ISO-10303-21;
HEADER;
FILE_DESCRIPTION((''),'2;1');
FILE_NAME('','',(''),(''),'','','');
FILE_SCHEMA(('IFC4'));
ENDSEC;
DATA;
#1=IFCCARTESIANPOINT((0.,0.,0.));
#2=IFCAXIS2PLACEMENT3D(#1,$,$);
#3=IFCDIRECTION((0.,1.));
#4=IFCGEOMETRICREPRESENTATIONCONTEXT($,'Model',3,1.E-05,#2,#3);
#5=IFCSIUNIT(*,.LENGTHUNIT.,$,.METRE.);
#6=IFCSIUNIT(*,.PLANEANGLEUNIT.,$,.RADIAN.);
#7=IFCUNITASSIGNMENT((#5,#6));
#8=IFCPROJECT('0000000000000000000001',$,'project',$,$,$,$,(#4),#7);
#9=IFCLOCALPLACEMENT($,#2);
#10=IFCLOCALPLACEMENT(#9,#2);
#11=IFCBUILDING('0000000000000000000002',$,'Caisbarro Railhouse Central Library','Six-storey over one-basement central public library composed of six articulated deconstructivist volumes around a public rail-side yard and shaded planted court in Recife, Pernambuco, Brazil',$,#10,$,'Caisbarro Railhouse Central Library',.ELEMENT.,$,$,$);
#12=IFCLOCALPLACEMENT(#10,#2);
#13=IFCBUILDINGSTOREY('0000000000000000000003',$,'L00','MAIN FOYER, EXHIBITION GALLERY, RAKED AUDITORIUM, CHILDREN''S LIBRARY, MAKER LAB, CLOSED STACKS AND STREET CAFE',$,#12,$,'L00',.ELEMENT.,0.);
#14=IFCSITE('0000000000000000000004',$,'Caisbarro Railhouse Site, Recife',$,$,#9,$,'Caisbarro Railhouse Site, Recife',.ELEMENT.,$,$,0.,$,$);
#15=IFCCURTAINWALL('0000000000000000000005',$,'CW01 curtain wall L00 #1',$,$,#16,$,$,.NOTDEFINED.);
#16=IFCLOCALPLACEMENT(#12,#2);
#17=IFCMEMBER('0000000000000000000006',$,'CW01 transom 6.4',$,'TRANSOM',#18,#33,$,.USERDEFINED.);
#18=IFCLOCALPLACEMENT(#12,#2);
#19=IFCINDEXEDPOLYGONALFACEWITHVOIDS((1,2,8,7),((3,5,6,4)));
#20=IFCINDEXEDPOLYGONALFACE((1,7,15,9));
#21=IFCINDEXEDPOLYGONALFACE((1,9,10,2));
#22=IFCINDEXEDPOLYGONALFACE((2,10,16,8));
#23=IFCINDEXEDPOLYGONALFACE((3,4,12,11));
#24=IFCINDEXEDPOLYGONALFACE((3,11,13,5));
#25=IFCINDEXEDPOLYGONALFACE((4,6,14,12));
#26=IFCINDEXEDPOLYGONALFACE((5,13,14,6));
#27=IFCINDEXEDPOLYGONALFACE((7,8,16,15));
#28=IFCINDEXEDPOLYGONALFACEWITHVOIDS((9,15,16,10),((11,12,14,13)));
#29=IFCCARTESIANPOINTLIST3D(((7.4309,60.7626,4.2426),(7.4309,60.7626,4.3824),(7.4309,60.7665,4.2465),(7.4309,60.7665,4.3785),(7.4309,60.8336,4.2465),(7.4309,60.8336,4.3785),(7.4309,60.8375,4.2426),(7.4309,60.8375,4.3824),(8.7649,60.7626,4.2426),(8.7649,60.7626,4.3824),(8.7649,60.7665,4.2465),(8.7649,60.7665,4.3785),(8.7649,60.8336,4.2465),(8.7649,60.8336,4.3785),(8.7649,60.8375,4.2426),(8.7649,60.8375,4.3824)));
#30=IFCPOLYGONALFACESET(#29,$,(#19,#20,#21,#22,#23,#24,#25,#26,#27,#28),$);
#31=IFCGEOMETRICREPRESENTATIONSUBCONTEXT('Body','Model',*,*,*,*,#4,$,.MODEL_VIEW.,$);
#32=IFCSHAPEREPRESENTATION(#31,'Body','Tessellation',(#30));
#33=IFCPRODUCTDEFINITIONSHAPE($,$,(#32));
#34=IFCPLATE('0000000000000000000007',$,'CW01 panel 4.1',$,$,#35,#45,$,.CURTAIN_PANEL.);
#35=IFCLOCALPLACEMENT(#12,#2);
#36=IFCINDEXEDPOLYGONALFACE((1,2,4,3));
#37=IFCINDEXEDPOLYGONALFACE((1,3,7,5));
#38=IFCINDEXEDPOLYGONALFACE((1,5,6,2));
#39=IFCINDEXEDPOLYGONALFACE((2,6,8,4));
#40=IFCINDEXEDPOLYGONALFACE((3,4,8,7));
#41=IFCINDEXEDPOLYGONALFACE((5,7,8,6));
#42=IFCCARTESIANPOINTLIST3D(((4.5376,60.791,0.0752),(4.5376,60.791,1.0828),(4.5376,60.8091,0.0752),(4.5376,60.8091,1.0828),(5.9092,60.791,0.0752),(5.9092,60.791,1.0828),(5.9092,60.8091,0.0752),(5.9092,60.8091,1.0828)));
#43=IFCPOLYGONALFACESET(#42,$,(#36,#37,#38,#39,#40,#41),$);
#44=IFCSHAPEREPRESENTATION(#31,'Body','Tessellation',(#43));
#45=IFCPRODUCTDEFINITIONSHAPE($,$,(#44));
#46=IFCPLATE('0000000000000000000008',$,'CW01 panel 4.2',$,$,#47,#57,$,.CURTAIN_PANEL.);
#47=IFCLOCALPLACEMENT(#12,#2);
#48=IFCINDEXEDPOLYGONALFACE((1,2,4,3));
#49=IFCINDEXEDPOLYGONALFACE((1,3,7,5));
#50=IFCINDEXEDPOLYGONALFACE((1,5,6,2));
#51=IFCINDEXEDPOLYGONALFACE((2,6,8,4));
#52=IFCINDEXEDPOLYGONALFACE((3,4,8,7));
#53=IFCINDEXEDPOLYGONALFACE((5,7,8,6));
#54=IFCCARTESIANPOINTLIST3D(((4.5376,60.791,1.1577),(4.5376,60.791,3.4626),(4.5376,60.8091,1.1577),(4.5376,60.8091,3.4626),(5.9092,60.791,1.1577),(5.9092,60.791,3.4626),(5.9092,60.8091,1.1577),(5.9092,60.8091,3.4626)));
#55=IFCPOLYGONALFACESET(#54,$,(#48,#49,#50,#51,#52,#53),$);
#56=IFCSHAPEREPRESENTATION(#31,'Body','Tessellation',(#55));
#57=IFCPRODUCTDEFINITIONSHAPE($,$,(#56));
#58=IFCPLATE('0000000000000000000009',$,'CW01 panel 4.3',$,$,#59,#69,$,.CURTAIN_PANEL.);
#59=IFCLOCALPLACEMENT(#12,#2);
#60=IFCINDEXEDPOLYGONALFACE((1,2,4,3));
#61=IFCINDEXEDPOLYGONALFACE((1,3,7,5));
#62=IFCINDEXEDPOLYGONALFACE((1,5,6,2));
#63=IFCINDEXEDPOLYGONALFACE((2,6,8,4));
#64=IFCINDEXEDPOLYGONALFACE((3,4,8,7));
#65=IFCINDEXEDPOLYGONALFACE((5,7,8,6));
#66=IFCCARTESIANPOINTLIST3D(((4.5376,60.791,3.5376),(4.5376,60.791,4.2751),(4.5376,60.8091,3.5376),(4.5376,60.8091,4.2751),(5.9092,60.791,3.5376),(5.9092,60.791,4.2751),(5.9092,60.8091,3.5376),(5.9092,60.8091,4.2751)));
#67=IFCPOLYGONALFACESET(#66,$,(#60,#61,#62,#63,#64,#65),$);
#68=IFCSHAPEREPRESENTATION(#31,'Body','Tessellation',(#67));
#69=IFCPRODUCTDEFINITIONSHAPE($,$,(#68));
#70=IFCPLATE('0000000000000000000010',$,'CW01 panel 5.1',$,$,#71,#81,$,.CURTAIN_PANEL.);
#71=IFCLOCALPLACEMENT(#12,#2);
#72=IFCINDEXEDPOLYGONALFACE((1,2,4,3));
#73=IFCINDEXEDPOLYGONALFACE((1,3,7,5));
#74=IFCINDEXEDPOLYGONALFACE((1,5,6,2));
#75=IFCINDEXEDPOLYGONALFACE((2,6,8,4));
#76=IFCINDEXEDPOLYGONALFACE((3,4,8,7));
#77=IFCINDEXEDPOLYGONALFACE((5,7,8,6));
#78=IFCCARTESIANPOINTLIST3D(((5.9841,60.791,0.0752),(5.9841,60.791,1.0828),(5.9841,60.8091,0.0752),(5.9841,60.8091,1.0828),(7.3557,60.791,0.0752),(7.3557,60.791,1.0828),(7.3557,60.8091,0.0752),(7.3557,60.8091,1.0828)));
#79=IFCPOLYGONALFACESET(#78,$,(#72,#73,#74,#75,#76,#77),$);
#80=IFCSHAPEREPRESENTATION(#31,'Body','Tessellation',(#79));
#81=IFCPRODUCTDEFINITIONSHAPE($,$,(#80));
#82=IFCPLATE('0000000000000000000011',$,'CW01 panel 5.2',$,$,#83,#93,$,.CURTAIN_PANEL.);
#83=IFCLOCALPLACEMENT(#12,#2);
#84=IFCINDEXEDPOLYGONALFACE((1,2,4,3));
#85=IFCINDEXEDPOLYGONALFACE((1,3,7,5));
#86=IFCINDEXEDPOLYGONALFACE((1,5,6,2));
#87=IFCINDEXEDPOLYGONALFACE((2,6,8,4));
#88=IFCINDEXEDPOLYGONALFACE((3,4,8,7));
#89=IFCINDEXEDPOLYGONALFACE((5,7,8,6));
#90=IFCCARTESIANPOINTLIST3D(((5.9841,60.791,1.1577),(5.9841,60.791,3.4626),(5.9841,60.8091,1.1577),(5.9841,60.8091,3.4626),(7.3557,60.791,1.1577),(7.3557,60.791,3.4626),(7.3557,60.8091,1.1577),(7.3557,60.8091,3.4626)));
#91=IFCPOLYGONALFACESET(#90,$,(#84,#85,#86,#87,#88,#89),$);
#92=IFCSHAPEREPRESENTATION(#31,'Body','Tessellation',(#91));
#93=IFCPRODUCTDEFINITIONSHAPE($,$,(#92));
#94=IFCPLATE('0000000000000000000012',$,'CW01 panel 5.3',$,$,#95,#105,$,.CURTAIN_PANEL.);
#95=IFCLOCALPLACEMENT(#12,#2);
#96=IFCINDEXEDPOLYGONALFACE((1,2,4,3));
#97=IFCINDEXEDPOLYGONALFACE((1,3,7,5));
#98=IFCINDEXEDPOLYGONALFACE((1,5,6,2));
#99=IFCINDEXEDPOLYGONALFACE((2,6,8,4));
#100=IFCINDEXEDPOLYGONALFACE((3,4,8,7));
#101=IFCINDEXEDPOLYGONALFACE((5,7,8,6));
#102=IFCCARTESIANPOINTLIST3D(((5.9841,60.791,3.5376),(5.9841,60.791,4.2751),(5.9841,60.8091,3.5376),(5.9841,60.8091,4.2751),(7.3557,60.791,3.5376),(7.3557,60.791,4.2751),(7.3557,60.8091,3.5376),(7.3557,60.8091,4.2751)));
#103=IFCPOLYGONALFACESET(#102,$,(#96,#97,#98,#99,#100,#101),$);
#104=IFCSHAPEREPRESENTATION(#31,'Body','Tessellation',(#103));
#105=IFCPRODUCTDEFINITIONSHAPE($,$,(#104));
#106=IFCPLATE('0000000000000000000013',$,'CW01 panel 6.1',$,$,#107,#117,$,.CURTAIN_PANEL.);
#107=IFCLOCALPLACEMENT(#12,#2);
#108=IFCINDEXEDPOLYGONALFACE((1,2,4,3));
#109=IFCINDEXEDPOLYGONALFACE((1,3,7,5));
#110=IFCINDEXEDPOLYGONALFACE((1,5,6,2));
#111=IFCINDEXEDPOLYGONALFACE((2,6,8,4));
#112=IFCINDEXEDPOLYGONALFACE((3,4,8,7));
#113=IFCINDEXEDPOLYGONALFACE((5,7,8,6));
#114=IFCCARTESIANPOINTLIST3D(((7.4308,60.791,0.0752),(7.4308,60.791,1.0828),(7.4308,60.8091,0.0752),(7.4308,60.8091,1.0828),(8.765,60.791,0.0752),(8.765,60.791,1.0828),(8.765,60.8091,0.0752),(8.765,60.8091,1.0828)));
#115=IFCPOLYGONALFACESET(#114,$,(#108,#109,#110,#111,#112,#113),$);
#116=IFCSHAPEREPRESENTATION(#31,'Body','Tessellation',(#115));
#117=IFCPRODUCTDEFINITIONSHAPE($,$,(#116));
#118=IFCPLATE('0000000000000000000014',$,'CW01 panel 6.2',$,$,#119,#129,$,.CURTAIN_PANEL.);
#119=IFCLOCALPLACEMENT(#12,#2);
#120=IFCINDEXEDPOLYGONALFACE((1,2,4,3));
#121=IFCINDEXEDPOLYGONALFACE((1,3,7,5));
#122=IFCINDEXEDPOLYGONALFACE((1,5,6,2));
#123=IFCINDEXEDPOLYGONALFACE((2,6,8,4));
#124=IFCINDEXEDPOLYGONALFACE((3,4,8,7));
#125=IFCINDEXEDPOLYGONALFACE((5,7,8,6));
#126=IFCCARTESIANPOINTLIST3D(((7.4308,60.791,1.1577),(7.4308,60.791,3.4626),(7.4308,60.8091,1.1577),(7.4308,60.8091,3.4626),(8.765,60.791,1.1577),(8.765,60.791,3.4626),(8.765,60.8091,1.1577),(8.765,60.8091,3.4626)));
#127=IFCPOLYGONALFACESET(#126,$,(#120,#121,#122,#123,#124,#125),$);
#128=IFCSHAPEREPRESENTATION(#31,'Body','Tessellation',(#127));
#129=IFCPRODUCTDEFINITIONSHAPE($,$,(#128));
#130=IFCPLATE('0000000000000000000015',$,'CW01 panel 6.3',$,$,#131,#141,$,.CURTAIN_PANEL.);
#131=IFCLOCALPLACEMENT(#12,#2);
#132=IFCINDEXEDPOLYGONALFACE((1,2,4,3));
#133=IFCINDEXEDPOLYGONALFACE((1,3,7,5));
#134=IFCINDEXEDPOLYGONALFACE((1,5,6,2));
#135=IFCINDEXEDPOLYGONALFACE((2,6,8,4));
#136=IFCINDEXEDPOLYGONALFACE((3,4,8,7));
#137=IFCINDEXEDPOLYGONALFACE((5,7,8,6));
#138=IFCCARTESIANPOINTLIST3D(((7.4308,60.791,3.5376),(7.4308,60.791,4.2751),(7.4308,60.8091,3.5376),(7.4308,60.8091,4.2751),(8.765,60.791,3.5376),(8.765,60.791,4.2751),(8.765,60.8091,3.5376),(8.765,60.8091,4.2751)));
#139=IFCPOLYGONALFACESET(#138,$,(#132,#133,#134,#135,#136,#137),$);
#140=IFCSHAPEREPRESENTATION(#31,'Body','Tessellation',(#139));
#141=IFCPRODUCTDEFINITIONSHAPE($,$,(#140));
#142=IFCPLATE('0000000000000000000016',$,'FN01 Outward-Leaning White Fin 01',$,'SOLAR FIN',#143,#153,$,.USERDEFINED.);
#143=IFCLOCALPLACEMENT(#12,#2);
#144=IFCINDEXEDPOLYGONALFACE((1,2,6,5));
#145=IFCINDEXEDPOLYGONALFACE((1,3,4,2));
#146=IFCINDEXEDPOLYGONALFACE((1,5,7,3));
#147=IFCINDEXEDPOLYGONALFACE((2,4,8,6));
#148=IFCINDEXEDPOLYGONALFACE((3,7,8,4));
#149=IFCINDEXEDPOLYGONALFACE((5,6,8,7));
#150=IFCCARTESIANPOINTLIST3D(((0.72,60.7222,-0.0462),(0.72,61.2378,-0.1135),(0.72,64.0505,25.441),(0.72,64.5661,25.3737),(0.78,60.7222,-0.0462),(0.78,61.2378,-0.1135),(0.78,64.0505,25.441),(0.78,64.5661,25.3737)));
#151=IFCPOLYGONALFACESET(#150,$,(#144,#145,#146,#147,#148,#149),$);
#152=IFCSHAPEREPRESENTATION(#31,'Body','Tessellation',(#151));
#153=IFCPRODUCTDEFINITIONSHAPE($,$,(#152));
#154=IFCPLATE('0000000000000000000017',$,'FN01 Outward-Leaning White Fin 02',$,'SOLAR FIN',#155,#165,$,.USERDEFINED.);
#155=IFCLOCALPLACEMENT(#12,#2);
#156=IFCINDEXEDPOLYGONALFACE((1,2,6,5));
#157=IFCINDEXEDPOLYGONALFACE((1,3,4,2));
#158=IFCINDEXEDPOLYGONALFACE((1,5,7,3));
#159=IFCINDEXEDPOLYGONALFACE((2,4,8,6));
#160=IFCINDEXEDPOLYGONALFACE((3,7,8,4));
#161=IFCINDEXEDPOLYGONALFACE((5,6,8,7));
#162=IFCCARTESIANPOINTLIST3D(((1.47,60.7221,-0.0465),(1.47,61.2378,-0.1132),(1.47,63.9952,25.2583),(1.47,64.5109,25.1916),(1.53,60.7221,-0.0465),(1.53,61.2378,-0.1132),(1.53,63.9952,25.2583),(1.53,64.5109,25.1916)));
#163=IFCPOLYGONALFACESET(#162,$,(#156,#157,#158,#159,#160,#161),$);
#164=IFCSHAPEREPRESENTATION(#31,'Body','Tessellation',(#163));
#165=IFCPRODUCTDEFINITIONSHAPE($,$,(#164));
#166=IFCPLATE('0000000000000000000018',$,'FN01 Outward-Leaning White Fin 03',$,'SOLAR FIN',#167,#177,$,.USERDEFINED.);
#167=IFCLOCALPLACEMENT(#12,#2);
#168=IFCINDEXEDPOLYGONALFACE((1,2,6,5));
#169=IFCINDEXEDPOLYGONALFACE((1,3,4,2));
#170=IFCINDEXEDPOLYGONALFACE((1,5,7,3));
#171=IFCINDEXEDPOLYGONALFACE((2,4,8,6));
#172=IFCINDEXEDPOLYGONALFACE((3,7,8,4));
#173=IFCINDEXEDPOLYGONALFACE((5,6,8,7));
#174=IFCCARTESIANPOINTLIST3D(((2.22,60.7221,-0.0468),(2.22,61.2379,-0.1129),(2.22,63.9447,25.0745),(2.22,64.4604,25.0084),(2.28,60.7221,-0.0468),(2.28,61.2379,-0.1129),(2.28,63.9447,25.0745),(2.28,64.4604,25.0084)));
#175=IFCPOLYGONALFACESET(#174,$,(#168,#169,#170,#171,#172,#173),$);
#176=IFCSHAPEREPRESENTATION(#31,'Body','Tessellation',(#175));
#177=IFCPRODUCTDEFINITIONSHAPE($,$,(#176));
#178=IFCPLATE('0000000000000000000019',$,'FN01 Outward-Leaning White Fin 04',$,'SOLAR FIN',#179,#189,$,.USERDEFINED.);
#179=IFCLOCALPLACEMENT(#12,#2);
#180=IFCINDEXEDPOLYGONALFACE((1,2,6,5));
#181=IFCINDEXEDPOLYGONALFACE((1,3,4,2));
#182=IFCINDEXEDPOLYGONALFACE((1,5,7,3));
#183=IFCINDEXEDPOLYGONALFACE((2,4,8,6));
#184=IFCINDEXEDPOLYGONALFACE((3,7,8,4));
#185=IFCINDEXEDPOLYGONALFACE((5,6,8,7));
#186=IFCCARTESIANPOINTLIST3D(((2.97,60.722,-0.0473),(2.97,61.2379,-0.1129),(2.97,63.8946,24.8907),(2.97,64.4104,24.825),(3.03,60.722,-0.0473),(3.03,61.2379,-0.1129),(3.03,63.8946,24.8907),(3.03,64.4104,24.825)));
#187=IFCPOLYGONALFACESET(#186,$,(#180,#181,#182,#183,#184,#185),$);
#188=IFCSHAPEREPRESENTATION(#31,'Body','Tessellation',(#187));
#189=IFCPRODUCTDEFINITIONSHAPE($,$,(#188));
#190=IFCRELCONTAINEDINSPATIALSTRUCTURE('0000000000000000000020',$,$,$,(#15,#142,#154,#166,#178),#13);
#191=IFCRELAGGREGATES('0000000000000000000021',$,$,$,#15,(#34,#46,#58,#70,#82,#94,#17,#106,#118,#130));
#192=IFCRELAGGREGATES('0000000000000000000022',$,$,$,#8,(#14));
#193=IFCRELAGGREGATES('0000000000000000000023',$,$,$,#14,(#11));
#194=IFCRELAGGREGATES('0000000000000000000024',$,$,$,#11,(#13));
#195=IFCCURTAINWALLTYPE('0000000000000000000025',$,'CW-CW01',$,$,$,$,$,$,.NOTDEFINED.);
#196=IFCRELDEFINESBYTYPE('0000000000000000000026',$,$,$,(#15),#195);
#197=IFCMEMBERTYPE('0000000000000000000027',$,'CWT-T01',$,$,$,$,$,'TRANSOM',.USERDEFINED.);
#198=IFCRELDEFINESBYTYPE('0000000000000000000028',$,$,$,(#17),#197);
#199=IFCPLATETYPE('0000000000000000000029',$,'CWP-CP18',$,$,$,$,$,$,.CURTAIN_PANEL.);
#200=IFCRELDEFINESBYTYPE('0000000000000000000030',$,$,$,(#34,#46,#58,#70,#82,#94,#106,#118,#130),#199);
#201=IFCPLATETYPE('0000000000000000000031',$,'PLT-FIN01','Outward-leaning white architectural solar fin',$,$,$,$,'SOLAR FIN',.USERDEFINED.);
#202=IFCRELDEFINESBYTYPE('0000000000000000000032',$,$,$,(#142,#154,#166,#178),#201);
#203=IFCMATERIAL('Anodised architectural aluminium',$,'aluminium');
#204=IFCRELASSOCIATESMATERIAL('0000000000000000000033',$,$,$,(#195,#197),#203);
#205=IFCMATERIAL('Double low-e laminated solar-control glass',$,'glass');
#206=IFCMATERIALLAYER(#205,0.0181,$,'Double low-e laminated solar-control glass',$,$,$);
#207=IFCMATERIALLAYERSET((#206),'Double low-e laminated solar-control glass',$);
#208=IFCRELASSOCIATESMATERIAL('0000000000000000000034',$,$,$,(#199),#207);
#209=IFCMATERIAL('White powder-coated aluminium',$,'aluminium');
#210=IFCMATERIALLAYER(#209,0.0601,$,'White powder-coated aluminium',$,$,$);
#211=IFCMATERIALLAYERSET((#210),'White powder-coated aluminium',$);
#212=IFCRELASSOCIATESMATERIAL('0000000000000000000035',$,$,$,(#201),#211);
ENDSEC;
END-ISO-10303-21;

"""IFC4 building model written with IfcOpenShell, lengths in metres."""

from ifc_helpers import new_model, si_unit, direction, frame, origin, origin_2d, place, context, subcontext, project, spatial, rectangle, hollow_rectangle, extrude, material, layer, layer_set, material_profile, profile_set, type_object, element, aggregate, save


model = new_model("IFC4")

# Units and contexts
model_context = context("Model", 3, precision=1e-05, world=origin(), true_north=direction((0.0, 1.0)))
body_context = subcontext(model_context, "Body", "Model", "MODEL_VIEW")
ifc_project = project(units=[si_unit("LENGTHUNIT", "METRE"), si_unit("PLANEANGLEUNIT", "RADIAN")], contexts=[model_context])

# Site, building, storey
site_placement = place(None, origin())
site = spatial("IfcSite", under=ifc_project, at=site_placement, Name="Caisbarro Railhouse Site, Recife", LongName="Caisbarro Railhouse Site, Recife", CompositionType="ELEMENT", RefElevation=0.0)
building_placement = place(site_placement, origin())
building = spatial("IfcBuilding", under=site, at=building_placement, Name="Caisbarro Railhouse Central Library", Description="Six-storey over one-basement central public library composed of six articulated deconstructivist volumes around a public rail-side yard and shaded planted court in Recife, Pernambuco, Brazil", LongName="Caisbarro Railhouse Central Library", CompositionType="ELEMENT")
storey_placement = place(building_placement, origin())
storey = spatial("IfcBuildingStorey", under=building, at=storey_placement, Name="L00", Description="MAIN FOYER, EXHIBITION GALLERY, RAKED AUDITORIUM, CHILDREN'S LIBRARY, MAKER LAB, CLOSED STACKS AND STREET CAFE", LongName="L00", CompositionType="ELEMENT", Elevation=0.0)

# Curtain wall, member, plates
ifc_material_1 = material(Name="Anodised architectural aluminium", Category="aluminium")
curtain_wall_type = type_object("IfcCurtainWallType", Name="CW-CW01", PredefinedType="NOTDEFINED", material=ifc_material_1)
curtain_wall_placement = place(storey_placement, origin())
curtain_wall = element("IfcCurtainWall", 1, at=curtain_wall_placement, inside=storey, type_object=curtain_wall_type, Name="CW01 curtain wall L00 #1", PredefinedType="NOTDEFINED")
ifc_material_profile_1 = material_profile(ifc_material_1, hollow_rectangle(XDim=0.075, YDim=0.1399, WallThickness=0.0039, at=origin_2d()), Name="ALU-TRN-75X140")
ifc_profile_set_1 = profile_set([ifc_material_profile_1], Name="Anodised architectural aluminium")
member_type_1 = type_object("IfcMemberType", Name="CWT-T01", ElementType="TRANSOM", PredefinedType="USERDEFINED", material=ifc_profile_set_1)
member_1_placement = place(storey_placement, frame((7.4309, 60.8, 4.3125), z_axis=(1.0, 0.0, 0.0), x_axis=(0.0, 1.0, 0.0)))
member_1 = element("IfcMember", 2, at=member_1_placement, type_object=member_type_1, Name="CW01 transom 6.4", ObjectType="TRANSOM", PredefinedType="USERDEFINED", context=body_context, shape_type="SweptSolid", body=[
    extrude(hollow_rectangle(XDim=0.075, YDim=0.1399, WallThickness=0.0039, at=origin_2d()), origin(), (0.0, 0.0, 1.0), 1.334),
])
ifc_material_2 = material(Name="Double low-e laminated solar-control glass", Category="glass")
ifc_layer_1 = layer(ifc_material_2, 0.0181, Name="Double low-e laminated solar-control glass")
ifc_layer_set_1 = layer_set([ifc_layer_1], Name="Double low-e laminated solar-control glass")
plate_type_1 = type_object("IfcPlateType", Name="CWP-CP18", PredefinedType="CURTAIN_PANEL", material=ifc_layer_set_1)
plate_1_placement = place(storey_placement, frame((5.2234, 60.8, 0.0752), z_axis=(0.0, 0.0, 1.0), x_axis=(1.0, 0.0, 0.0)))
plate_1 = element("IfcPlate", 3, at=plate_1_placement, type_object=plate_type_1, Name="CW01 panel 4.1", PredefinedType="CURTAIN_PANEL", context=body_context, shape_type="SweptSolid", body=[
    extrude(rectangle(XDim=1.3716, YDim=0.0181, at=origin_2d()), origin(), (0.0, 0.0, 1.0), 1.0076),
])
plate_2_placement = place(storey_placement, frame((5.2234, 60.8, 1.1577), z_axis=(0.0, 0.0, 1.0), x_axis=(1.0, 0.0, 0.0)))
plate_2 = element("IfcPlate", 4, at=plate_2_placement, type_object=plate_type_1, Name="CW01 panel 4.2", PredefinedType="CURTAIN_PANEL", context=body_context, shape_type="SweptSolid", body=[
    extrude(rectangle(XDim=1.3716, YDim=0.0181, at=origin_2d()), origin(), (0.0, 0.0, 1.0), 2.3049),
])
plate_3_placement = place(storey_placement, frame((5.2234, 60.8, 3.5376), z_axis=(0.0, 0.0, 1.0), x_axis=(1.0, 0.0, 0.0)))
plate_3 = element("IfcPlate", 5, at=plate_3_placement, type_object=plate_type_1, Name="CW01 panel 4.3", PredefinedType="CURTAIN_PANEL", context=body_context, shape_type="SweptSolid", body=[
    extrude(rectangle(XDim=1.3716, YDim=0.0181, at=origin_2d()), origin(), (0.0, 0.0, 1.0), 0.7375),
])
plate_4_placement = place(storey_placement, frame((6.6699, 60.8, 0.0752), z_axis=(0.0, 0.0, 1.0), x_axis=(1.0, 0.0, 0.0)))
plate_4 = element("IfcPlate", 6, at=plate_4_placement, type_object=plate_type_1, Name="CW01 panel 5.1", PredefinedType="CURTAIN_PANEL", context=body_context, shape_type="SweptSolid", body=[
    extrude(rectangle(XDim=1.3716, YDim=0.0181, at=origin_2d()), origin(), (0.0, 0.0, 1.0), 1.0076),
])
plate_5_placement = place(storey_placement, frame((6.6699, 60.8, 1.1577), z_axis=(0.0, 0.0, 1.0), x_axis=(1.0, 0.0, 0.0)))
plate_5 = element("IfcPlate", 7, at=plate_5_placement, type_object=plate_type_1, Name="CW01 panel 5.2", PredefinedType="CURTAIN_PANEL", context=body_context, shape_type="SweptSolid", body=[
    extrude(rectangle(XDim=1.3716, YDim=0.0181, at=origin_2d()), origin(), (0.0, 0.0, 1.0), 2.3049),
])
plate_6_placement = place(storey_placement, frame((6.6699, 60.8, 3.5376), z_axis=(0.0, 0.0, 1.0), x_axis=(1.0, 0.0, 0.0)))
plate_6 = element("IfcPlate", 8, at=plate_6_placement, type_object=plate_type_1, Name="CW01 panel 5.3", PredefinedType="CURTAIN_PANEL", context=body_context, shape_type="SweptSolid", body=[
    extrude(rectangle(XDim=1.3716, YDim=0.0181, at=origin_2d()), origin(), (0.0, 0.0, 1.0), 0.7375),
])
plate_7_placement = place(storey_placement, frame((8.0979, 60.8, 0.0752), z_axis=(0.0, 0.0, 1.0), x_axis=(1.0, 0.0, 0.0)))
plate_7 = element("IfcPlate", 9, at=plate_7_placement, type_object=plate_type_1, Name="CW01 panel 6.1", PredefinedType="CURTAIN_PANEL", context=body_context, shape_type="SweptSolid", body=[
    extrude(rectangle(XDim=1.3342, YDim=0.0181, at=origin_2d()), origin(), (0.0, 0.0, 1.0), 1.0076),
])
plate_8_placement = place(storey_placement, frame((8.0979, 60.8, 1.1577), z_axis=(0.0, 0.0, 1.0), x_axis=(1.0, 0.0, 0.0)))
plate_8 = element("IfcPlate", 10, at=plate_8_placement, type_object=plate_type_1, Name="CW01 panel 6.2", PredefinedType="CURTAIN_PANEL", context=body_context, shape_type="SweptSolid", body=[
    extrude(rectangle(XDim=1.3342, YDim=0.0181, at=origin_2d()), origin(), (0.0, 0.0, 1.0), 2.3049),
])
plate_9_placement = place(storey_placement, frame((8.0979, 60.8, 3.5376), z_axis=(0.0, 0.0, 1.0), x_axis=(1.0, 0.0, 0.0)))
plate_9 = element("IfcPlate", 11, at=plate_9_placement, type_object=plate_type_1, Name="CW01 panel 6.3", PredefinedType="CURTAIN_PANEL", context=body_context, shape_type="SweptSolid", body=[
    extrude(rectangle(XDim=1.3342, YDim=0.0181, at=origin_2d()), origin(), (0.0, 0.0, 1.0), 0.7375),
])
aggregate(curtain_wall, [plate_1, plate_2, plate_3, plate_4, plate_5, plate_6, member_1, plate_7, plate_8, plate_9])

# Plates
ifc_material_3 = material(Name="White powder-coated aluminium", Category="aluminium")
ifc_layer_2 = layer(ifc_material_3, 0.0601, Name="White powder-coated aluminium")
ifc_layer_set_2 = layer_set([ifc_layer_2], Name="White powder-coated aluminium")
plate_type_2 = type_object("IfcPlateType", Name="PLT-FIN01", Description="Outward-leaning white architectural solar fin", ElementType="SOLAR FIN", PredefinedType="USERDEFINED", material=ifc_layer_set_2)
plate_10_placement = place(storey_placement, frame((0.75, 60.98, -0.0798), z_axis=(0.0, 0.129488, 0.991581), x_axis=(1.0, 0.0, 0.0)))
element("IfcPlate", 12, at=plate_10_placement, inside=storey, type_object=plate_type_2, Name="FN01 Outward-Leaning White Fin 01", ObjectType="SOLAR FIN", PredefinedType="USERDEFINED", context=body_context, shape_type="SweptSolid", body=[
    extrude(rectangle(XDim=0.0601, YDim=0.52, at=origin_2d()), origin(), (0.0, 0.0, 1.0), 25.7036),
])
plate_11_placement = place(storey_placement, frame((1.5, 60.98, -0.0798), z_axis=(0.0, 0.128276, 0.991738), x_axis=(1.0, 0.0, 0.0)))
element("IfcPlate", 13, at=plate_11_placement, inside=storey, type_object=plate_type_2, Name="FN01 Outward-Leaning White Fin 02", ObjectType="SOLAR FIN", PredefinedType="USERDEFINED", context=body_context, shape_type="SweptSolid", body=[
    extrude(rectangle(XDim=0.0601, YDim=0.52, at=origin_2d()), origin(), (0.0, 0.0, 1.0), 25.5156),
])
plate_12_placement = place(storey_placement, frame((2.25, 60.98, -0.0798), z_axis=(0.0, 0.127238, 0.991872), x_axis=(1.0, 0.0, 0.0)))
element("IfcPlate", 14, at=plate_12_placement, inside=storey, type_object=plate_type_2, Name="FN01 Outward-Leaning White Fin 03", ObjectType="SOLAR FIN", PredefinedType="USERDEFINED", context=body_context, shape_type="SweptSolid", body=[
    extrude(rectangle(XDim=0.0601, YDim=0.52, at=origin_2d()), origin(), (0.0, 0.0, 1.0), 25.3271),
])
plate_13_placement = place(storey_placement, frame((3.0, 60.98, -0.0801), z_axis=(0.0, 0.126199, 0.992005), x_axis=(1.0, 0.0, 0.0)))
element("IfcPlate", 15, at=plate_13_placement, inside=storey, type_object=plate_type_2, Name="FN01 Outward-Leaning White Fin 04", ObjectType="SOLAR FIN", PredefinedType="USERDEFINED", context=body_context, shape_type="SweptSolid", body=[
    extrude(rectangle(XDim=0.0601, YDim=0.52, at=origin_2d()), origin(), (0.0, 0.0, 1.0), 25.1389),
])

save(model, "model.ifc")
